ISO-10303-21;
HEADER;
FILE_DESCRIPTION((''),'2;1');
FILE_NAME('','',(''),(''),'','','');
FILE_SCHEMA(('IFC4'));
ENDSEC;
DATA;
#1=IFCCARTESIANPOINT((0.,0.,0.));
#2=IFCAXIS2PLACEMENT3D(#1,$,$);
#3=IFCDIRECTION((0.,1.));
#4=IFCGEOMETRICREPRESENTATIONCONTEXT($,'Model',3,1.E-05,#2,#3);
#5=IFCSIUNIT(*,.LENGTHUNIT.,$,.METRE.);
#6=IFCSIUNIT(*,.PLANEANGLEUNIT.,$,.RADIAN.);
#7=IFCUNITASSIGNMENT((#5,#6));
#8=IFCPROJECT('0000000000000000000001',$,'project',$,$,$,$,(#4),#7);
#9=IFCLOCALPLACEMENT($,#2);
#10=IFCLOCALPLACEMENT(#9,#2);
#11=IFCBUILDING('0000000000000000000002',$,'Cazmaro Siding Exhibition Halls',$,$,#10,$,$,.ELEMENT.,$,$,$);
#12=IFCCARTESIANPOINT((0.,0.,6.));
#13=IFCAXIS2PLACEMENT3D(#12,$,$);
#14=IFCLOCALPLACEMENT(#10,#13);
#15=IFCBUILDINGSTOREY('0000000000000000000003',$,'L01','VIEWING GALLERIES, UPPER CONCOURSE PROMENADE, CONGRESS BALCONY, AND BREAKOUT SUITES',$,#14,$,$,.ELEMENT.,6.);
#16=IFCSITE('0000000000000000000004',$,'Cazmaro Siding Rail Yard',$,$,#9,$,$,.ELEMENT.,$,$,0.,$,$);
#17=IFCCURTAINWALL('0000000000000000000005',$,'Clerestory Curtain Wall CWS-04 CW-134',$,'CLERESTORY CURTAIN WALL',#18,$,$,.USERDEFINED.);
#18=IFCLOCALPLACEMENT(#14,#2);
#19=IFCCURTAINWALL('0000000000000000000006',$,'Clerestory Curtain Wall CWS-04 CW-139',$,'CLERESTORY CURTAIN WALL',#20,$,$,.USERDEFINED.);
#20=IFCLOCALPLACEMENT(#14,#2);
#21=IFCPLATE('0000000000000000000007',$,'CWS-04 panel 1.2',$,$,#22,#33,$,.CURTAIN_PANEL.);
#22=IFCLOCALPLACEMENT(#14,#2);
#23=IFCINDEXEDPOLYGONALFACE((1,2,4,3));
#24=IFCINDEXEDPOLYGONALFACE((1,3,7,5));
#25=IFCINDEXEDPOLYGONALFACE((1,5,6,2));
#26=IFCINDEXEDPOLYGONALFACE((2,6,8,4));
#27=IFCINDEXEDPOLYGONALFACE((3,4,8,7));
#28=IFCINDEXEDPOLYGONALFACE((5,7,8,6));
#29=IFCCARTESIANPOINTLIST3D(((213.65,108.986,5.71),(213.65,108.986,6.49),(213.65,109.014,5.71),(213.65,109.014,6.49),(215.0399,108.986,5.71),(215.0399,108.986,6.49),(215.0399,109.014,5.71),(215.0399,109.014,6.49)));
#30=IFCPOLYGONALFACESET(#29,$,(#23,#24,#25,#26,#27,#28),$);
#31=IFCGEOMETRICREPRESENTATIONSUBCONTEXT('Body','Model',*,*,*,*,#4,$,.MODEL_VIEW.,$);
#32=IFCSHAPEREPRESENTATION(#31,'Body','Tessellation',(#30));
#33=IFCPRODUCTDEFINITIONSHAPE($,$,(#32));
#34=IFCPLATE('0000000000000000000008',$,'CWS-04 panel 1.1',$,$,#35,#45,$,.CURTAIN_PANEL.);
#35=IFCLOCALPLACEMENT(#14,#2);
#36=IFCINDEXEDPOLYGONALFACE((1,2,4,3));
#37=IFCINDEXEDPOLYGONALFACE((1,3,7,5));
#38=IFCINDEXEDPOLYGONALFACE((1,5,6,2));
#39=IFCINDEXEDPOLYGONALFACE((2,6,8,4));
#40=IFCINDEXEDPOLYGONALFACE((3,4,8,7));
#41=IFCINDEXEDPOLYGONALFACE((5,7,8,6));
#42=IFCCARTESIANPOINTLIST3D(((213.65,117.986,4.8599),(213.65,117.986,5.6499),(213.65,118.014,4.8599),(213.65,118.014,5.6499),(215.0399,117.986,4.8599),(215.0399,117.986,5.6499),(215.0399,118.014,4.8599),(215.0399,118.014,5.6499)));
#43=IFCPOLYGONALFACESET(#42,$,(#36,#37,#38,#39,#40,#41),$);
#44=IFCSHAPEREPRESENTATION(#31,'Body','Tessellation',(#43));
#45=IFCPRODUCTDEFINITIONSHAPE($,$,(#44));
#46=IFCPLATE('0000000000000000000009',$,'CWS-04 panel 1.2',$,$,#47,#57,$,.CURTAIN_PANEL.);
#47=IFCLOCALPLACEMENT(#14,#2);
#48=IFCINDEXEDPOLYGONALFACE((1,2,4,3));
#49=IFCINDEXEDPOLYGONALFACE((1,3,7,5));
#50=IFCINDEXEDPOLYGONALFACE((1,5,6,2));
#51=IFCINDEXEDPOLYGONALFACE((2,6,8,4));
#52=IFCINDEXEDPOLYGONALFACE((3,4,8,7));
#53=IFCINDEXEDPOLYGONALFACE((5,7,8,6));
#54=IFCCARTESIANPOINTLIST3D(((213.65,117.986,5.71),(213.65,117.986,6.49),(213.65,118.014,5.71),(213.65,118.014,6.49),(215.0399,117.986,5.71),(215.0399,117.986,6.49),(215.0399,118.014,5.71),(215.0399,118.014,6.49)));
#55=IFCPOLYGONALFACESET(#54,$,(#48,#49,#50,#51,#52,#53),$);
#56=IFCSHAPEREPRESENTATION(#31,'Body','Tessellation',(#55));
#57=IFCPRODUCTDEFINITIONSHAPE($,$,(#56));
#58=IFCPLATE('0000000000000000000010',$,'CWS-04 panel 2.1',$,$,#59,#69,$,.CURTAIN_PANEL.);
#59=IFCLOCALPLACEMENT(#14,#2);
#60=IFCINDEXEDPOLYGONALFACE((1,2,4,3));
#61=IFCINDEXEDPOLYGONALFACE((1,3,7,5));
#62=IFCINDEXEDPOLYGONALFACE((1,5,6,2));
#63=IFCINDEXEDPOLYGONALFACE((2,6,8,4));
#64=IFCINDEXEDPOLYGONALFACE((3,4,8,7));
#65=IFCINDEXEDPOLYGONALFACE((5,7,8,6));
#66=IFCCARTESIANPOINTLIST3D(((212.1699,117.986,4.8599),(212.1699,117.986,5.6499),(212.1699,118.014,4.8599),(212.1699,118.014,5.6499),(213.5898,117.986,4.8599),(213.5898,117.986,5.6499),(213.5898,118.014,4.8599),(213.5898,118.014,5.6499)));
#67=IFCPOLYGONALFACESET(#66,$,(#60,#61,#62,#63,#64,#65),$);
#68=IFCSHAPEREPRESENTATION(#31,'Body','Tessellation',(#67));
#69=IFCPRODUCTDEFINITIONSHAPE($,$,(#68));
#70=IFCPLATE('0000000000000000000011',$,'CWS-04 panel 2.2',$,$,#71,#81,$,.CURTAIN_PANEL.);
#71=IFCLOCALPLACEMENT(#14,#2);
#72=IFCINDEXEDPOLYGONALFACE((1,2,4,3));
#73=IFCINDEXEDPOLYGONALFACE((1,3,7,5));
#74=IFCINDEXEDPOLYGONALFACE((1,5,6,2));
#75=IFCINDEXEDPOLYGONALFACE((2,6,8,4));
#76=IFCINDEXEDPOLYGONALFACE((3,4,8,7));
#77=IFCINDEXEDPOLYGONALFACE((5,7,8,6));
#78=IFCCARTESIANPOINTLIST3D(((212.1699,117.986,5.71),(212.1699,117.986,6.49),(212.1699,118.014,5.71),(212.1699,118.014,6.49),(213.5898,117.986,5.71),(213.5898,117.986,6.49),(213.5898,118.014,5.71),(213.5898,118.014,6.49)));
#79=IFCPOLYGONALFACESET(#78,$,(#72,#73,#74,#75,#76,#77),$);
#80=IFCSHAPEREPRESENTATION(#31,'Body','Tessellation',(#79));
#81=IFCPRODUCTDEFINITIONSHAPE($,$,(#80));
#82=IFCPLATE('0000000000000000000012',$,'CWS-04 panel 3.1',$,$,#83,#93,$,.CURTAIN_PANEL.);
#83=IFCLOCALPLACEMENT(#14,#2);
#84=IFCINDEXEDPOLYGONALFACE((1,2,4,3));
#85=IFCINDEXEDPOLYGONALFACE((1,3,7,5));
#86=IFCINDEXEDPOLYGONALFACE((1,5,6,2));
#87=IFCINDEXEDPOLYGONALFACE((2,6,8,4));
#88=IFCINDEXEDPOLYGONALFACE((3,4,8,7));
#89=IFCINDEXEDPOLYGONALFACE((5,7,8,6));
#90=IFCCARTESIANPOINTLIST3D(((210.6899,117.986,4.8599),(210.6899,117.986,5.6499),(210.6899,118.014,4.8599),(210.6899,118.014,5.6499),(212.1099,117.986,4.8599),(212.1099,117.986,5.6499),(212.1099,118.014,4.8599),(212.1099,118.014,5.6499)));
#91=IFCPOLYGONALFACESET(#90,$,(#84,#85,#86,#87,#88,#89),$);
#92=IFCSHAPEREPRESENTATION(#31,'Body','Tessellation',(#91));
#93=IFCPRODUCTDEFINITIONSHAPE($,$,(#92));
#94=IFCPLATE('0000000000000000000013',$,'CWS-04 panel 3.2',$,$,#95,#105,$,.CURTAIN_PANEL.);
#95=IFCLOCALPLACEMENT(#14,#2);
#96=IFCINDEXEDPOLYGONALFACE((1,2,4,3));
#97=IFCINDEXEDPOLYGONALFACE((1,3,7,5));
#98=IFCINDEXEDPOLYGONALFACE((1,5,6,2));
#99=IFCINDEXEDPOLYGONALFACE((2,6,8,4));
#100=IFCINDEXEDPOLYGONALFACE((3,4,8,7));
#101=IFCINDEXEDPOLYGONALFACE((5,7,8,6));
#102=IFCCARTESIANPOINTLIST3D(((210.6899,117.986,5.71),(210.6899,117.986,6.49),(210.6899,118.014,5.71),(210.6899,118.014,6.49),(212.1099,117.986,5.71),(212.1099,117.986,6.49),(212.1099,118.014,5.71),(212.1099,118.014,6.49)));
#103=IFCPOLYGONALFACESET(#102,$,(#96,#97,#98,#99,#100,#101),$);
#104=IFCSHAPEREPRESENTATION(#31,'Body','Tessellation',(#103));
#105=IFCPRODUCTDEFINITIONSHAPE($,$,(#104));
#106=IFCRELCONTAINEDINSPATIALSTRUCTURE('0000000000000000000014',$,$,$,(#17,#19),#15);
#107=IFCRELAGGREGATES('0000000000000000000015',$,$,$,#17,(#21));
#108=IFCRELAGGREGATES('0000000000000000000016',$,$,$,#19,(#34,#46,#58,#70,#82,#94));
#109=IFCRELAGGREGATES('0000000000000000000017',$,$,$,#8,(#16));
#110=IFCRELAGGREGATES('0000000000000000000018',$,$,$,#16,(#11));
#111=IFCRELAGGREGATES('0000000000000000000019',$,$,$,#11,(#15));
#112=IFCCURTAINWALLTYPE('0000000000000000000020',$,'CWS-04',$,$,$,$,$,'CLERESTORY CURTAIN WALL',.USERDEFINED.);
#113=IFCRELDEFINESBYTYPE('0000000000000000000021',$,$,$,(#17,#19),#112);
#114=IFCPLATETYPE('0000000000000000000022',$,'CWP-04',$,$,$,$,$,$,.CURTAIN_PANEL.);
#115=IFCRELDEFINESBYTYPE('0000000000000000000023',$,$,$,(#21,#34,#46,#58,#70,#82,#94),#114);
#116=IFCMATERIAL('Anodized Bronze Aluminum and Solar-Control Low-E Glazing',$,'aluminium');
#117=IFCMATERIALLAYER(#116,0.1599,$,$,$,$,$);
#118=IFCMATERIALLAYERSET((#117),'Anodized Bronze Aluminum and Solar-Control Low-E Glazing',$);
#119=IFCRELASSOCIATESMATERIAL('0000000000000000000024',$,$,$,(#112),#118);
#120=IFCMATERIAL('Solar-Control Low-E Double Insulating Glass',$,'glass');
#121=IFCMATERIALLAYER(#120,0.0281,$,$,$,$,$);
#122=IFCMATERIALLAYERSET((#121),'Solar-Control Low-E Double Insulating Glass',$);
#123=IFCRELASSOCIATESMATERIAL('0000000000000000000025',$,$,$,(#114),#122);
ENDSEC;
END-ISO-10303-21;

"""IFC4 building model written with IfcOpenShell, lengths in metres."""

from ifc_helpers import new_model, si_unit, direction, frame, origin, origin_2d, place, context, subcontext, project, spatial, rectangle, extrude, material, layer, layer_set, type_object, element, aggregate, save


model = new_model("IFC4")

# Units and contexts
model_context = context("Model", 3, precision=1e-05, world=origin(), true_north=direction((0.0, 1.0)))
body_context = subcontext(model_context, "Body", "Model", "MODEL_VIEW")
ifc_project = project(units=[si_unit("LENGTHUNIT", "METRE"), si_unit("PLANEANGLEUNIT", "RADIAN")], contexts=[model_context])

# Site, building, storey
site_placement = place(None, origin())
site = spatial("IfcSite", under=ifc_project, at=site_placement, Name="Cazmaro Siding Rail Yard", CompositionType="ELEMENT", RefElevation=0.0)
building_placement = place(site_placement, origin())
building = spatial("IfcBuilding", under=site, at=building_placement, Name="Cazmaro Siding Exhibition Halls", CompositionType="ELEMENT")
storey_placement = place(building_placement, frame((0.0, 0.0, 6.0)))
storey = spatial("IfcBuildingStorey", under=building, at=storey_placement, Name="L01", Description="VIEWING GALLERIES, UPPER CONCOURSE PROMENADE, CONGRESS BALCONY, AND BREAKOUT SUITES", CompositionType="ELEMENT", Elevation=6.0)

# Curtain walls
ifc_material_1 = material(Name="Anodized Bronze Aluminum and Solar-Control Low-E Glazing", Category="aluminium")
ifc_layer_1 = layer(ifc_material_1, 0.1599)
ifc_layer_set_1 = layer_set([ifc_layer_1], Name="Anodized Bronze Aluminum and Solar-Control Low-E Glazing")
curtain_wall_type = type_object("IfcCurtainWallType", Name="CWS-04", ElementType="CLERESTORY CURTAIN WALL", PredefinedType="USERDEFINED", material=ifc_layer_set_1)
curtain_wall_1_placement = place(storey_placement, origin())
curtain_wall_1 = element("IfcCurtainWall", 1, at=curtain_wall_1_placement, inside=storey, type_object=curtain_wall_type, Name="Clerestory Curtain Wall CWS-04 CW-134", ObjectType="CLERESTORY CURTAIN WALL", PredefinedType="USERDEFINED")
curtain_wall_2_placement = place(storey_placement, origin())
curtain_wall_2 = element("IfcCurtainWall", 2, at=curtain_wall_2_placement, inside=storey, type_object=curtain_wall_type, Name="Clerestory Curtain Wall CWS-04 CW-139", ObjectType="CLERESTORY CURTAIN WALL", PredefinedType="USERDEFINED")

# Plates
ifc_material_2 = material(Name="Solar-Control Low-E Double Insulating Glass", Category="glass")
ifc_layer_2 = layer(ifc_material_2, 0.0281)
ifc_layer_set_2 = layer_set([ifc_layer_2], Name="Solar-Control Low-E Double Insulating Glass")
plate_type = type_object("IfcPlateType", Name="CWP-04", PredefinedType="CURTAIN_PANEL", material=ifc_layer_set_2)
plate_1_placement = place(storey_placement, frame((214.345, 109.0, 5.71), z_axis=(0.0, 0.0, 1.0), x_axis=(-1.0, 0.0, 0.0)))
plate_1 = element("IfcPlate", 3, at=plate_1_placement, type_object=plate_type, Name="CWS-04 panel 1.2", PredefinedType="CURTAIN_PANEL", context=body_context, shape_type="SweptSolid", body=[
    extrude(rectangle(XDim=1.3899, YDim=0.0281, at=origin_2d()), origin(), (0.0, 0.0, 1.0), 0.78),
])
aggregate(curtain_wall_1, [plate_1])
plate_2_placement = place(storey_placement, frame((214.345, 118.0, 4.8599), z_axis=(0.0, 0.0, 1.0), x_axis=(-1.0, 0.0, 0.0)))
plate_2 = element("IfcPlate", 4, at=plate_2_placement, type_object=plate_type, Name="CWS-04 panel 1.1", PredefinedType="CURTAIN_PANEL", context=body_context, shape_type="SweptSolid", body=[
    extrude(rectangle(XDim=1.3899, YDim=0.0281, at=origin_2d()), origin(), (0.0, 0.0, 1.0), 0.79),
])
plate_3_placement = place(storey_placement, frame((214.345, 118.0, 5.71), z_axis=(0.0, 0.0, 1.0), x_axis=(-1.0, 0.0, 0.0)))
plate_3 = element("IfcPlate", 5, at=plate_3_placement, type_object=plate_type, Name="CWS-04 panel 1.2", PredefinedType="CURTAIN_PANEL", context=body_context, shape_type="SweptSolid", body=[
    extrude(rectangle(XDim=1.3899, YDim=0.0281, at=origin_2d()), origin(), (0.0, 0.0, 1.0), 0.78),
])
plate_4_placement = place(storey_placement, frame((212.8799, 118.0, 4.8599), z_axis=(0.0, 0.0, 1.0), x_axis=(-1.0, 0.0, 0.0)))
plate_4 = element("IfcPlate", 6, at=plate_4_placement, type_object=plate_type, Name="CWS-04 panel 2.1", PredefinedType="CURTAIN_PANEL", context=body_context, shape_type="SweptSolid", body=[
    extrude(rectangle(XDim=1.4199, YDim=0.0281, at=origin_2d()), origin(), (0.0, 0.0, 1.0), 0.79),
])
plate_5_placement = place(storey_placement, frame((212.8799, 118.0, 5.71), z_axis=(0.0, 0.0, 1.0), x_axis=(-1.0, 0.0, 0.0)))
plate_5 = element("IfcPlate", 7, at=plate_5_placement, type_object=plate_type, Name="CWS-04 panel 2.2", PredefinedType="CURTAIN_PANEL", context=body_context, shape_type="SweptSolid", body=[
    extrude(rectangle(XDim=1.4199, YDim=0.0281, at=origin_2d()), origin(), (0.0, 0.0, 1.0), 0.78),
])
plate_6_placement = place(storey_placement, frame((211.3999, 118.0, 4.8599), z_axis=(0.0, 0.0, 1.0), x_axis=(-1.0, 0.0, 0.0)))
plate_6 = element("IfcPlate", 8, at=plate_6_placement, type_object=plate_type, Name="CWS-04 panel 3.1", PredefinedType="CURTAIN_PANEL", context=body_context, shape_type="SweptSolid", body=[
    extrude(rectangle(XDim=1.4199, YDim=0.0281, at=origin_2d()), origin(), (0.0, 0.0, 1.0), 0.79),
])
plate_7_placement = place(storey_placement, frame((211.3999, 118.0, 5.71), z_axis=(0.0, 0.0, 1.0), x_axis=(-1.0, 0.0, 0.0)))
plate_7 = element("IfcPlate", 9, at=plate_7_placement, type_object=plate_type, Name="CWS-04 panel 3.2", PredefinedType="CURTAIN_PANEL", context=body_context, shape_type="SweptSolid", body=[
    extrude(rectangle(XDim=1.4199, YDim=0.0281, at=origin_2d()), origin(), (0.0, 0.0, 1.0), 0.78),
])
aggregate(curtain_wall_2, [plate_2, plate_3, plate_4, plate_5, plate_6, plate_7])

save(model, "model.ifc")
